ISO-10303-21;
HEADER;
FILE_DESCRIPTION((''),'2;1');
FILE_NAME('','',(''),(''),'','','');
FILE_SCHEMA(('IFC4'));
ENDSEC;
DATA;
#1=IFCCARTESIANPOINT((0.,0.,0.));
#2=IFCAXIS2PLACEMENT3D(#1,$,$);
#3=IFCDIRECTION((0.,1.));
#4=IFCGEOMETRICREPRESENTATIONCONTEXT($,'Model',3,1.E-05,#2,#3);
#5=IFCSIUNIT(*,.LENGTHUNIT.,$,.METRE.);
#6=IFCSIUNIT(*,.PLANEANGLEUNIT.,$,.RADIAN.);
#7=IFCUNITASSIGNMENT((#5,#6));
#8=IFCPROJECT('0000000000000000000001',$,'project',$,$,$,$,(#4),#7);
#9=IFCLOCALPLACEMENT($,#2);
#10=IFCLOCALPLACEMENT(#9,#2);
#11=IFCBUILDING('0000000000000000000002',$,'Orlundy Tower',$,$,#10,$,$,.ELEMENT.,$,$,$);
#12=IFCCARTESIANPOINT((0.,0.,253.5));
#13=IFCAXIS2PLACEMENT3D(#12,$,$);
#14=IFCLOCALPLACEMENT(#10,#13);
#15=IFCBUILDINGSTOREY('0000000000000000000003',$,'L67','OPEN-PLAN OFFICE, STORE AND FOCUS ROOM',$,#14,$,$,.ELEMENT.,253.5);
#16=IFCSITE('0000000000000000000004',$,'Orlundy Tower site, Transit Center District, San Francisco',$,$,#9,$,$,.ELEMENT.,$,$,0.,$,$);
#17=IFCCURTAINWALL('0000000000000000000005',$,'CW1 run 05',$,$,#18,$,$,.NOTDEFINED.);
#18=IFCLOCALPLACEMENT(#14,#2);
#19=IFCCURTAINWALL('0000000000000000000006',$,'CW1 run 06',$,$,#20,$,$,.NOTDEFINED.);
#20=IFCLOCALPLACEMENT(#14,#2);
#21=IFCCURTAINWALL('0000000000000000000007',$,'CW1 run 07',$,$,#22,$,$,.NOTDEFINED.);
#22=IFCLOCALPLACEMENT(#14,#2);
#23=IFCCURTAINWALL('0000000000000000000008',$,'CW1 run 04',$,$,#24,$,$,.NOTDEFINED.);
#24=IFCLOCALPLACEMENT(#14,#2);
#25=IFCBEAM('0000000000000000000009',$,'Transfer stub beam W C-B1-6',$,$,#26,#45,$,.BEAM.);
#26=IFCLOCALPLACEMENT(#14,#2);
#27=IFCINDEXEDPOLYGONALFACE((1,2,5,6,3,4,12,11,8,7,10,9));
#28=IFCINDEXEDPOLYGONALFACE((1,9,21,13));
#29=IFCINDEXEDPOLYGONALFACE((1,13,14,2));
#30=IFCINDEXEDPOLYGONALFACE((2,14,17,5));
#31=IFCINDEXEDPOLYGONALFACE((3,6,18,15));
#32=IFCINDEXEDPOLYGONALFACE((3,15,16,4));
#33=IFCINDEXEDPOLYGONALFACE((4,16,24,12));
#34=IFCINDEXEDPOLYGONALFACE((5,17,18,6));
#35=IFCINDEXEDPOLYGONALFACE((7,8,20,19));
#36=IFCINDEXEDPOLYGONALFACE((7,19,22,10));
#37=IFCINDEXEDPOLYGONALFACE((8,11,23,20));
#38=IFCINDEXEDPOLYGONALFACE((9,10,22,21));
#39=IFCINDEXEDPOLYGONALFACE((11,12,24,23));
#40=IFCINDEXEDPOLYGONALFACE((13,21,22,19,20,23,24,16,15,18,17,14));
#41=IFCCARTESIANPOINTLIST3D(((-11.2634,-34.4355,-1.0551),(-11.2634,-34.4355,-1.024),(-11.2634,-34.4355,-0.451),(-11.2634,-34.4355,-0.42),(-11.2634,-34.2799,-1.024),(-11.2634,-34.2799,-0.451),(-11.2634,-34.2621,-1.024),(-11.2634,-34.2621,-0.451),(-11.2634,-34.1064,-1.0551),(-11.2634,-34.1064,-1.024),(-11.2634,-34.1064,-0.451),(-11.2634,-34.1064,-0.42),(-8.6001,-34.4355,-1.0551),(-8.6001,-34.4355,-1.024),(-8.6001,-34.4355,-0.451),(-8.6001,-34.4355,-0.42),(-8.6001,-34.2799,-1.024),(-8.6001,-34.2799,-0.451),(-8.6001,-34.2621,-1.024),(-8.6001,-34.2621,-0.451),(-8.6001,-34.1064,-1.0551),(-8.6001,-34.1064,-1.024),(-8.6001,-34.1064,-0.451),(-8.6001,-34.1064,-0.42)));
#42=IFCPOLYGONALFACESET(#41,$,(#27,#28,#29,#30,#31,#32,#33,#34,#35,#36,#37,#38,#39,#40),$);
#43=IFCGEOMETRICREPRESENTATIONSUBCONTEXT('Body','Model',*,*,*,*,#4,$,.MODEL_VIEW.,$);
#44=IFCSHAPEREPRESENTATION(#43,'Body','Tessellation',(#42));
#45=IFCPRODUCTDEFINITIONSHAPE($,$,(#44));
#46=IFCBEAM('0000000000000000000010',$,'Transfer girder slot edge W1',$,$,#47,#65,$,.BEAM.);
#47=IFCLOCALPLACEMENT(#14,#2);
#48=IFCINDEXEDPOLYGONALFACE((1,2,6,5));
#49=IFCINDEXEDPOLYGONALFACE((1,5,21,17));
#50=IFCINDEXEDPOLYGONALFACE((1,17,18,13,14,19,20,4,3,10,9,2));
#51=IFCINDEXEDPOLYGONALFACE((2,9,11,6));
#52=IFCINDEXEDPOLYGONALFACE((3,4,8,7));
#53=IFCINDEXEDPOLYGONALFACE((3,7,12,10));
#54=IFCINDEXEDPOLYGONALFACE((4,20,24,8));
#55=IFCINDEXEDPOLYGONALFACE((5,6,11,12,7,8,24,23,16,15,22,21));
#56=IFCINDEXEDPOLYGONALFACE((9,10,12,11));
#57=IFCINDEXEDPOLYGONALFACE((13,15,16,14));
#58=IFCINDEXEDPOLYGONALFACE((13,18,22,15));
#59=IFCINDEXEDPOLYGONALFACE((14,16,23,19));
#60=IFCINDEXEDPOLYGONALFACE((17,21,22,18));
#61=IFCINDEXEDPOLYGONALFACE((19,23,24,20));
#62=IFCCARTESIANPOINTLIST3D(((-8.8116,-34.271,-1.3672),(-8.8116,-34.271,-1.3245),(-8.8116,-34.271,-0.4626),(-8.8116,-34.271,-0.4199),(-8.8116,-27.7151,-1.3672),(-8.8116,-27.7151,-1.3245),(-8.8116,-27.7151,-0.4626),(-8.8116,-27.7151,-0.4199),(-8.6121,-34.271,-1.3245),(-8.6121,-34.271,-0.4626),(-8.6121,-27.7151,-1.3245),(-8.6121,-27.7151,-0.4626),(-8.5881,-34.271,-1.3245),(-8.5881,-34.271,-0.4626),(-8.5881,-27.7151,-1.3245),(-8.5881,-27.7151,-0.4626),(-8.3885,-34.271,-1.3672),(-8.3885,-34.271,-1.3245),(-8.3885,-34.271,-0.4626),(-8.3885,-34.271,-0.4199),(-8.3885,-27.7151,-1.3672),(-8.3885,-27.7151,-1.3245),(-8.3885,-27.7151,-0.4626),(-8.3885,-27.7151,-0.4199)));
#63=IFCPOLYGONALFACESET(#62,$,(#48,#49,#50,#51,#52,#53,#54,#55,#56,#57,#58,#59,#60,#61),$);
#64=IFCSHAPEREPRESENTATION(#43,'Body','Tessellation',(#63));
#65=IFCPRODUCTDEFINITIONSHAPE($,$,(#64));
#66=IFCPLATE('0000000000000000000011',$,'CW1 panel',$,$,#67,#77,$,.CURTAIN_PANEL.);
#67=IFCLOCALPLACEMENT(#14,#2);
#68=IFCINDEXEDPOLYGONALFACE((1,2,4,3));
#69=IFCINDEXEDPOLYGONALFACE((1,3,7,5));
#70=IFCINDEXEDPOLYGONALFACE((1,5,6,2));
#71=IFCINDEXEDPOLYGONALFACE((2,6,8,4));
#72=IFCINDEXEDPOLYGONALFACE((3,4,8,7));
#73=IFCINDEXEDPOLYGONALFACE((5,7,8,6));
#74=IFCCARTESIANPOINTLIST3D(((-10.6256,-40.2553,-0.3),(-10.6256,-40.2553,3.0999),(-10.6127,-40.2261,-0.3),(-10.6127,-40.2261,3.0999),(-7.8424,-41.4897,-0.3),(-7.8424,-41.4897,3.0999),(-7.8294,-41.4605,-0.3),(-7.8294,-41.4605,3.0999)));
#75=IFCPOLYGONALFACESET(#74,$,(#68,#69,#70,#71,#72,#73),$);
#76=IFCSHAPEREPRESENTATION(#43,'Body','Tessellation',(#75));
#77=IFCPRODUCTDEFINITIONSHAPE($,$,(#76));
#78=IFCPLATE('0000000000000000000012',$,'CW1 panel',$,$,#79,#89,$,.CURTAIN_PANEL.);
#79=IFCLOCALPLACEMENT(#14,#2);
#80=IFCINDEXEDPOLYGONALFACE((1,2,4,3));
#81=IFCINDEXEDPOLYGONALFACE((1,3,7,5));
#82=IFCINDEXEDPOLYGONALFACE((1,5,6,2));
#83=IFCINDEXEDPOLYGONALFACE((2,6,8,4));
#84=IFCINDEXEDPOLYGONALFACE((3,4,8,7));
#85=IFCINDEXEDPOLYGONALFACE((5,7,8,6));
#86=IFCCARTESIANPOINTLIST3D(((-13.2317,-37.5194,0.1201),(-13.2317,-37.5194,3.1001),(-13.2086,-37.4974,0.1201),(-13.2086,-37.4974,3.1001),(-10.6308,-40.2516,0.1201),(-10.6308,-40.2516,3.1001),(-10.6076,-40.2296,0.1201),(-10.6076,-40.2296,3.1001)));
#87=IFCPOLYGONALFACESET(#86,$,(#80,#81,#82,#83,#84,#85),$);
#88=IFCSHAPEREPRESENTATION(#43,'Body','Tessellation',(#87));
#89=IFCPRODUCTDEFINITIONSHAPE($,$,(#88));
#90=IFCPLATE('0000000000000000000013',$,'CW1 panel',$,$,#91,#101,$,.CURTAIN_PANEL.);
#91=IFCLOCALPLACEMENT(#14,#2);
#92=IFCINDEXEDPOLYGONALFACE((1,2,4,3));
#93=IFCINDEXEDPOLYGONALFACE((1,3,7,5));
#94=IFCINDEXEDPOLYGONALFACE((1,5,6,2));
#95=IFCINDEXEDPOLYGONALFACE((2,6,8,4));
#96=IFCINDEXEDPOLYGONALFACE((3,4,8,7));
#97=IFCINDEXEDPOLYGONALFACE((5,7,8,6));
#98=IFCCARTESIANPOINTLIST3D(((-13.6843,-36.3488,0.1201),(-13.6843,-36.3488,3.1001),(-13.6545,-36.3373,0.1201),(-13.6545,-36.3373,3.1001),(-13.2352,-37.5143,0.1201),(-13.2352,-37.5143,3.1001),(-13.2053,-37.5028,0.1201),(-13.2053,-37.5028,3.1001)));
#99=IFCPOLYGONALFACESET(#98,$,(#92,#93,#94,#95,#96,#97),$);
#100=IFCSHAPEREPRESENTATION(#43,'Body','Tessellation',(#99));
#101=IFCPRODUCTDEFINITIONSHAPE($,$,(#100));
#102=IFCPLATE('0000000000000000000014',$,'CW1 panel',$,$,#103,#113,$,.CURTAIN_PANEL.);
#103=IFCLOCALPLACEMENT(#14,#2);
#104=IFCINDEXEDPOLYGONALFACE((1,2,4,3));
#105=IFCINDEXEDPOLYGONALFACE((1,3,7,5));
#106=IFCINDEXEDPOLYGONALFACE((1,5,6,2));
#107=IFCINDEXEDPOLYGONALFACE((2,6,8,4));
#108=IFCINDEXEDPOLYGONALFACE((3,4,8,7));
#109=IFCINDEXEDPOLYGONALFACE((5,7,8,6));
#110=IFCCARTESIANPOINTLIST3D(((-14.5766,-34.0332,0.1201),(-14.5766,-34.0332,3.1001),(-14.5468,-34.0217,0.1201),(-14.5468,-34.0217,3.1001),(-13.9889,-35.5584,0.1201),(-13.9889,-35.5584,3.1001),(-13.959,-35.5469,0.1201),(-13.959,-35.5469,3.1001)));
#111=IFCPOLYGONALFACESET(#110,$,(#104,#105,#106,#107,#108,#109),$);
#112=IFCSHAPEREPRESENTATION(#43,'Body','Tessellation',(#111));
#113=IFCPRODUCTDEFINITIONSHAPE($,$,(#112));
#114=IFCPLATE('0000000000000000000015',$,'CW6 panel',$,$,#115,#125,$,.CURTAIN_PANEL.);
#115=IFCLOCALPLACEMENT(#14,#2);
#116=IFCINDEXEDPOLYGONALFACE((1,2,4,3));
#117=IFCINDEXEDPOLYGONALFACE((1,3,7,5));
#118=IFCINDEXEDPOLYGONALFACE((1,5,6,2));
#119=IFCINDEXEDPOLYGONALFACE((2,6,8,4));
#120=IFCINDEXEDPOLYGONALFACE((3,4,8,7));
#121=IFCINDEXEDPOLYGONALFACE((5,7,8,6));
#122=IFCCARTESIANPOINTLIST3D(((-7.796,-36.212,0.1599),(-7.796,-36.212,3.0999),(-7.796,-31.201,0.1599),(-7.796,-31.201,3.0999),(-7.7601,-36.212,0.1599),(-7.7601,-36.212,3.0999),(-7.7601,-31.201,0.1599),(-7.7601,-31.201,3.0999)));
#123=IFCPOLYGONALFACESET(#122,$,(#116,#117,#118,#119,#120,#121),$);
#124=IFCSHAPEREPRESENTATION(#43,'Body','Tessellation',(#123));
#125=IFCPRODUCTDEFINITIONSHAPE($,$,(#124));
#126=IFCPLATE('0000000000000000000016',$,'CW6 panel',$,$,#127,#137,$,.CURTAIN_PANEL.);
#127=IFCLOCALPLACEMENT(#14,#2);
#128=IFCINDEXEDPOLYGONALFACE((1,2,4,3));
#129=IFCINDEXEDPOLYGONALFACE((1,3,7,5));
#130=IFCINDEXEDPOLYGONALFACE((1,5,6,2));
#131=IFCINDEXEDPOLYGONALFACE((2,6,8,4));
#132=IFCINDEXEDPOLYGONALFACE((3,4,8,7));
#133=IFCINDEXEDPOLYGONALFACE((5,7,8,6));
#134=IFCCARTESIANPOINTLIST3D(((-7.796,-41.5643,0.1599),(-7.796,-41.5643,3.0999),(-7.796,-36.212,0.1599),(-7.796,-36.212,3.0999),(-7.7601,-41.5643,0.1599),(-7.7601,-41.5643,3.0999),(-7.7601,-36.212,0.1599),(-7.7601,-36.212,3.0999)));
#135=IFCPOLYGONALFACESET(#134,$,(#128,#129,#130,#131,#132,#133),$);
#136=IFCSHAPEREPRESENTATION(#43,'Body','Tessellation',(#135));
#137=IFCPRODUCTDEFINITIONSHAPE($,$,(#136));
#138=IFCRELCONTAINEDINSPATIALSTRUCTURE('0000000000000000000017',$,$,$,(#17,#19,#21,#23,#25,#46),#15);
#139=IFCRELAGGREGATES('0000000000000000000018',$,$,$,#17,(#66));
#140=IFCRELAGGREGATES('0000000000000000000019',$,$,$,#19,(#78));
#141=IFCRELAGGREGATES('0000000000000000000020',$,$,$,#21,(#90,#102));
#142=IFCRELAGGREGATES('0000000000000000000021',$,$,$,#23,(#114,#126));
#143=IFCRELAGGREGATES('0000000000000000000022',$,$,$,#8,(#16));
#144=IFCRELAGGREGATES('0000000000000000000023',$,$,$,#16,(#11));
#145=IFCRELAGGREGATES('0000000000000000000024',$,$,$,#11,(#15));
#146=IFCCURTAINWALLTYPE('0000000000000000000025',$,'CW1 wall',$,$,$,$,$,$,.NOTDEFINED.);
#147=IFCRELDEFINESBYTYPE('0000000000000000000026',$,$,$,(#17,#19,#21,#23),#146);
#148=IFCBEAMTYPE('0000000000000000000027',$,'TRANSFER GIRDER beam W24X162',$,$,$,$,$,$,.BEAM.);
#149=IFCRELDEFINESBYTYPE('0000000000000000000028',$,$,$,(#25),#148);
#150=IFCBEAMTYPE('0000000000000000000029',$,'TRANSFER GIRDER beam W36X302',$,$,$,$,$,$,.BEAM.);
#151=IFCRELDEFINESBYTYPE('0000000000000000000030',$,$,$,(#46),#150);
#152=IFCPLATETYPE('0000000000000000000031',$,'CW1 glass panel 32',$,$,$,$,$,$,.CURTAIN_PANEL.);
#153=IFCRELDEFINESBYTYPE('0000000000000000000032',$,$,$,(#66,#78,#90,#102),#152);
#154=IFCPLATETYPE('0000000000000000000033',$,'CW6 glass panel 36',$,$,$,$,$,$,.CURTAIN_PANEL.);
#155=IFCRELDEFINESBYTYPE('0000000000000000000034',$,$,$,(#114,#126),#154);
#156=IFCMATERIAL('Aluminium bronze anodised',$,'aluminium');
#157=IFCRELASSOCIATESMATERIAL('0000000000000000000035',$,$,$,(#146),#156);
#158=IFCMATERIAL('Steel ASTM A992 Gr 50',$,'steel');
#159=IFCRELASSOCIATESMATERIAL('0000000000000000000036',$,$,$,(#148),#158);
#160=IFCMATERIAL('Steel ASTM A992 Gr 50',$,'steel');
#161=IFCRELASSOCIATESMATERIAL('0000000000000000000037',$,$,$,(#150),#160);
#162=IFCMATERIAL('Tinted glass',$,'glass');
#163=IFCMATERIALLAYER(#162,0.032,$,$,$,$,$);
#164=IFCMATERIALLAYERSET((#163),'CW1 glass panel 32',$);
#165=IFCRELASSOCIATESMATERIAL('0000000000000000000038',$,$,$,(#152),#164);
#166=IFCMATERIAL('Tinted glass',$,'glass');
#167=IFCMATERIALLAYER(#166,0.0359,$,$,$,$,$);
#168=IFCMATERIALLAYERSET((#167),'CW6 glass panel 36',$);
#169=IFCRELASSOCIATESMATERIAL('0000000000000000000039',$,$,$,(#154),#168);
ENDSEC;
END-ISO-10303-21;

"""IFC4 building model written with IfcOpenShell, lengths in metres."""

from ifc_helpers import new_model, si_unit, direction, frame, origin, origin_2d, place, context, subcontext, project, spatial, rectangle, i_section, extrude, material, layer, layer_set, material_profile, profile_set, type_object, element, aggregate, save


model = new_model("IFC4")

# Units and contexts
model_context = context("Model", 3, precision=1e-05, world=origin(), true_north=direction((0.0, 1.0)))
body_context = subcontext(model_context, "Body", "Model", "MODEL_VIEW")
ifc_project = project(units=[si_unit("LENGTHUNIT", "METRE"), si_unit("PLANEANGLEUNIT", "RADIAN")], contexts=[model_context])

# Site, building, storey
site_placement = place(None, origin())
site = spatial("IfcSite", under=ifc_project, at=site_placement, Name="Orlundy Tower site, Transit Center District, San Francisco", CompositionType="ELEMENT", RefElevation=0.0)
building_placement = place(site_placement, origin())
building = spatial("IfcBuilding", under=site, at=building_placement, Name="Orlundy Tower", CompositionType="ELEMENT")
storey_placement = place(building_placement, frame((0.0, 0.0, 253.5)))
storey = spatial("IfcBuildingStorey", under=building, at=storey_placement, Name="L67", Description="OPEN-PLAN OFFICE, STORE AND FOCUS ROOM", CompositionType="ELEMENT", Elevation=253.5)

# Curtain walls
ifc_material_1 = material(Name="Aluminium bronze anodised", Category="aluminium")
curtain_wall_type = type_object("IfcCurtainWallType", Name="CW1 wall", PredefinedType="NOTDEFINED", material=ifc_material_1)
curtain_wall_1_placement = place(storey_placement, origin())
curtain_wall_1 = element("IfcCurtainWall", 1, at=curtain_wall_1_placement, inside=storey, type_object=curtain_wall_type, Name="CW1 run 05", PredefinedType="NOTDEFINED")
curtain_wall_2_placement = place(storey_placement, origin())
curtain_wall_2 = element("IfcCurtainWall", 2, at=curtain_wall_2_placement, inside=storey, type_object=curtain_wall_type, Name="CW1 run 06", PredefinedType="NOTDEFINED")
curtain_wall_3_placement = place(storey_placement, origin())
curtain_wall_3 = element("IfcCurtainWall", 3, at=curtain_wall_3_placement, inside=storey, type_object=curtain_wall_type, Name="CW1 run 07", PredefinedType="NOTDEFINED")

# Curtain wall
curtain_wall_4_placement = place(storey_placement, origin())
curtain_wall_4 = element("IfcCurtainWall", 4, at=curtain_wall_4_placement, inside=storey, type_object=curtain_wall_type, Name="CW1 run 04", PredefinedType="NOTDEFINED")

# Beams
ifc_material_2 = material(Name="Steel ASTM A992 Gr 50", Category="steel")
ifc_material_profile_1 = material_profile(ifc_material_2, i_section(OverallWidth=0.3291, OverallDepth=0.635, WebThickness=0.0178, FlangeThickness=0.031, at=origin_2d()), Name="W24X162")
ifc_profile_set_1 = profile_set([ifc_material_profile_1], Name="Steel ASTM A992 Gr 50")
beam_type_1 = type_object("IfcBeamType", Name="TRANSFER GIRDER beam W24X162", PredefinedType="BEAM", material=ifc_profile_set_1)
beam_1_placement = place(storey_placement, frame((-8.6001, -34.271, -0.7375), z_axis=(-1.0, 0.0, 0.0), x_axis=(0.0, -1.0, 0.0)))
element("IfcBeam", 5, at=beam_1_placement, inside=storey, type_object=beam_type_1, Name="Transfer stub beam W C-B1-6", PredefinedType="BEAM", context=body_context, shape_type="SweptSolid", body=[
    extrude(i_section(OverallWidth=0.3291, OverallDepth=0.635, WebThickness=0.0178, FlangeThickness=0.031, at=origin_2d()), origin(), (0.0, 0.0, 1.0), 2.6633),
])
ifc_material_3 = material(Name="Steel ASTM A992 Gr 50", Category="steel")
ifc_material_profile_2 = material_profile(ifc_material_3, i_section(OverallWidth=0.4231, OverallDepth=0.9473, WebThickness=0.0239, FlangeThickness=0.0427, at=origin_2d()), Name="W36X302")
ifc_profile_set_2 = profile_set([ifc_material_profile_2], Name="Steel ASTM A992 Gr 50")
beam_type_2 = type_object("IfcBeamType", Name="TRANSFER GIRDER beam W36X302", PredefinedType="BEAM", material=ifc_profile_set_2)
beam_2_placement = place(storey_placement, frame((-8.6001, -34.271, -0.8936), z_axis=(0.0, 1.0, 0.0), x_axis=(-1.0, 0.0, 0.0)))
element("IfcBeam", 6, at=beam_2_placement, inside=storey, type_object=beam_type_2, Name="Transfer girder slot edge W1", PredefinedType="BEAM", context=body_context, shape_type="SweptSolid", body=[
    extrude(i_section(OverallWidth=0.4231, OverallDepth=0.9473, WebThickness=0.0239, FlangeThickness=0.0427, at=origin_2d()), origin(), (0.0, 0.0, 1.0), 6.5559),
])

# Plates
ifc_material_4 = material(Name="Tinted glass", Category="glass")
ifc_layer_1 = layer(ifc_material_4, 0.032)
ifc_layer_set_1 = layer_set([ifc_layer_1], Name="CW1 glass panel 32")
plate_type_1 = type_object("IfcPlateType", Name="CW1 glass panel 32", PredefinedType="CURTAIN_PANEL", material=ifc_layer_set_1)
plate_1_placement = place(storey_placement, frame((-9.2275, -40.8579, -0.3), z_axis=(0.0, 0.0, 1.0), x_axis=(-0.914125, 0.405432, 0.0)))
plate_1 = element("IfcPlate", 7, at=plate_1_placement, type_object=plate_type_1, Name="CW1 panel", PredefinedType="CURTAIN_PANEL", context=body_context, shape_type="SweptSolid", body=[
    extrude(rectangle(XDim=3.0447, YDim=0.032, at=origin_2d()), origin(), (0.0, 0.0, 1.0), 3.3999),
])
aggregate(curtain_wall_1, [plate_1])
plate_2_placement = place(storey_placement, frame((-11.9197, -38.8745, 0.1201), z_axis=(0.0, 0.0, 1.0), x_axis=(-0.689493, 0.724292, 0.0)))
plate_2 = element("IfcPlate", 8, at=plate_2_placement, type_object=plate_type_1, Name="CW1 panel", PredefinedType="CURTAIN_PANEL", context=body_context, shape_type="SweptSolid", body=[
    extrude(rectangle(XDim=3.7722, YDim=0.032, at=origin_2d()), origin(), (0.0, 0.0, 1.0), 2.98),
])
aggregate(curtain_wall_2, [plate_2])
plate_3_placement = place(storey_placement, frame((-13.4448, -36.9258, 0.1201), z_axis=(0.0, 0.0, 1.0), x_axis=(-0.359594, 0.933109, 0.0)))
plate_3 = element("IfcPlate", 9, at=plate_3_placement, type_object=plate_type_1, Name="CW1 panel", PredefinedType="CURTAIN_PANEL", context=body_context, shape_type="SweptSolid", body=[
    extrude(rectangle(XDim=1.249, YDim=0.032, at=origin_2d()), origin(), (0.0, 0.0, 1.0), 2.98),
])
plate_4_placement = place(storey_placement, frame((-14.2678, -34.79, 0.1201), z_axis=(0.0, 0.0, 1.0), x_axis=(-0.359594, 0.933109, 0.0)))
plate_4 = element("IfcPlate", 10, at=plate_4_placement, type_object=plate_type_1, Name="CW1 panel", PredefinedType="CURTAIN_PANEL", context=body_context, shape_type="SweptSolid", body=[
    extrude(rectangle(XDim=1.6345, YDim=0.032, at=origin_2d()), origin(), (0.0, 0.0, 1.0), 2.98),
])
aggregate(curtain_wall_3, [plate_3, plate_4])
ifc_material_5 = material(Name="Tinted glass", Category="glass")
ifc_layer_2 = layer(ifc_material_5, 0.0359)
ifc_layer_set_2 = layer_set([ifc_layer_2], Name="CW6 glass panel 36")
plate_type_2 = type_object("IfcPlateType", Name="CW6 glass panel 36", PredefinedType="CURTAIN_PANEL", material=ifc_layer_set_2)
plate_5_placement = place(storey_placement, frame((-7.7781, -33.7065, 0.1599), z_axis=(0.0, 0.0, 1.0), x_axis=(0.0, -1.0, 0.0)))
plate_5 = element("IfcPlate", 11, at=plate_5_placement, type_object=plate_type_2, Name="CW6 panel", PredefinedType="CURTAIN_PANEL", context=body_context, shape_type="SweptSolid", body=[
    extrude(rectangle(XDim=5.011, YDim=0.0359, at=origin_2d()), origin(), (0.0, 0.0, 1.0), 2.9399),
])
plate_6_placement = place(storey_placement, frame((-7.7781, -38.8882, 0.1599), z_axis=(0.0, 0.0, 1.0), x_axis=(0.0, -1.0, 0.0)))
plate_6 = element("IfcPlate", 12, at=plate_6_placement, type_object=plate_type_2, Name="CW6 panel", PredefinedType="CURTAIN_PANEL", context=body_context, shape_type="SweptSolid", body=[
    extrude(rectangle(XDim=5.3523, YDim=0.0359, at=origin_2d()), origin(), (0.0, 0.0, 1.0), 2.9399),
])
aggregate(curtain_wall_4, [plate_5, plate_6])

save(model, "model.ifc")
